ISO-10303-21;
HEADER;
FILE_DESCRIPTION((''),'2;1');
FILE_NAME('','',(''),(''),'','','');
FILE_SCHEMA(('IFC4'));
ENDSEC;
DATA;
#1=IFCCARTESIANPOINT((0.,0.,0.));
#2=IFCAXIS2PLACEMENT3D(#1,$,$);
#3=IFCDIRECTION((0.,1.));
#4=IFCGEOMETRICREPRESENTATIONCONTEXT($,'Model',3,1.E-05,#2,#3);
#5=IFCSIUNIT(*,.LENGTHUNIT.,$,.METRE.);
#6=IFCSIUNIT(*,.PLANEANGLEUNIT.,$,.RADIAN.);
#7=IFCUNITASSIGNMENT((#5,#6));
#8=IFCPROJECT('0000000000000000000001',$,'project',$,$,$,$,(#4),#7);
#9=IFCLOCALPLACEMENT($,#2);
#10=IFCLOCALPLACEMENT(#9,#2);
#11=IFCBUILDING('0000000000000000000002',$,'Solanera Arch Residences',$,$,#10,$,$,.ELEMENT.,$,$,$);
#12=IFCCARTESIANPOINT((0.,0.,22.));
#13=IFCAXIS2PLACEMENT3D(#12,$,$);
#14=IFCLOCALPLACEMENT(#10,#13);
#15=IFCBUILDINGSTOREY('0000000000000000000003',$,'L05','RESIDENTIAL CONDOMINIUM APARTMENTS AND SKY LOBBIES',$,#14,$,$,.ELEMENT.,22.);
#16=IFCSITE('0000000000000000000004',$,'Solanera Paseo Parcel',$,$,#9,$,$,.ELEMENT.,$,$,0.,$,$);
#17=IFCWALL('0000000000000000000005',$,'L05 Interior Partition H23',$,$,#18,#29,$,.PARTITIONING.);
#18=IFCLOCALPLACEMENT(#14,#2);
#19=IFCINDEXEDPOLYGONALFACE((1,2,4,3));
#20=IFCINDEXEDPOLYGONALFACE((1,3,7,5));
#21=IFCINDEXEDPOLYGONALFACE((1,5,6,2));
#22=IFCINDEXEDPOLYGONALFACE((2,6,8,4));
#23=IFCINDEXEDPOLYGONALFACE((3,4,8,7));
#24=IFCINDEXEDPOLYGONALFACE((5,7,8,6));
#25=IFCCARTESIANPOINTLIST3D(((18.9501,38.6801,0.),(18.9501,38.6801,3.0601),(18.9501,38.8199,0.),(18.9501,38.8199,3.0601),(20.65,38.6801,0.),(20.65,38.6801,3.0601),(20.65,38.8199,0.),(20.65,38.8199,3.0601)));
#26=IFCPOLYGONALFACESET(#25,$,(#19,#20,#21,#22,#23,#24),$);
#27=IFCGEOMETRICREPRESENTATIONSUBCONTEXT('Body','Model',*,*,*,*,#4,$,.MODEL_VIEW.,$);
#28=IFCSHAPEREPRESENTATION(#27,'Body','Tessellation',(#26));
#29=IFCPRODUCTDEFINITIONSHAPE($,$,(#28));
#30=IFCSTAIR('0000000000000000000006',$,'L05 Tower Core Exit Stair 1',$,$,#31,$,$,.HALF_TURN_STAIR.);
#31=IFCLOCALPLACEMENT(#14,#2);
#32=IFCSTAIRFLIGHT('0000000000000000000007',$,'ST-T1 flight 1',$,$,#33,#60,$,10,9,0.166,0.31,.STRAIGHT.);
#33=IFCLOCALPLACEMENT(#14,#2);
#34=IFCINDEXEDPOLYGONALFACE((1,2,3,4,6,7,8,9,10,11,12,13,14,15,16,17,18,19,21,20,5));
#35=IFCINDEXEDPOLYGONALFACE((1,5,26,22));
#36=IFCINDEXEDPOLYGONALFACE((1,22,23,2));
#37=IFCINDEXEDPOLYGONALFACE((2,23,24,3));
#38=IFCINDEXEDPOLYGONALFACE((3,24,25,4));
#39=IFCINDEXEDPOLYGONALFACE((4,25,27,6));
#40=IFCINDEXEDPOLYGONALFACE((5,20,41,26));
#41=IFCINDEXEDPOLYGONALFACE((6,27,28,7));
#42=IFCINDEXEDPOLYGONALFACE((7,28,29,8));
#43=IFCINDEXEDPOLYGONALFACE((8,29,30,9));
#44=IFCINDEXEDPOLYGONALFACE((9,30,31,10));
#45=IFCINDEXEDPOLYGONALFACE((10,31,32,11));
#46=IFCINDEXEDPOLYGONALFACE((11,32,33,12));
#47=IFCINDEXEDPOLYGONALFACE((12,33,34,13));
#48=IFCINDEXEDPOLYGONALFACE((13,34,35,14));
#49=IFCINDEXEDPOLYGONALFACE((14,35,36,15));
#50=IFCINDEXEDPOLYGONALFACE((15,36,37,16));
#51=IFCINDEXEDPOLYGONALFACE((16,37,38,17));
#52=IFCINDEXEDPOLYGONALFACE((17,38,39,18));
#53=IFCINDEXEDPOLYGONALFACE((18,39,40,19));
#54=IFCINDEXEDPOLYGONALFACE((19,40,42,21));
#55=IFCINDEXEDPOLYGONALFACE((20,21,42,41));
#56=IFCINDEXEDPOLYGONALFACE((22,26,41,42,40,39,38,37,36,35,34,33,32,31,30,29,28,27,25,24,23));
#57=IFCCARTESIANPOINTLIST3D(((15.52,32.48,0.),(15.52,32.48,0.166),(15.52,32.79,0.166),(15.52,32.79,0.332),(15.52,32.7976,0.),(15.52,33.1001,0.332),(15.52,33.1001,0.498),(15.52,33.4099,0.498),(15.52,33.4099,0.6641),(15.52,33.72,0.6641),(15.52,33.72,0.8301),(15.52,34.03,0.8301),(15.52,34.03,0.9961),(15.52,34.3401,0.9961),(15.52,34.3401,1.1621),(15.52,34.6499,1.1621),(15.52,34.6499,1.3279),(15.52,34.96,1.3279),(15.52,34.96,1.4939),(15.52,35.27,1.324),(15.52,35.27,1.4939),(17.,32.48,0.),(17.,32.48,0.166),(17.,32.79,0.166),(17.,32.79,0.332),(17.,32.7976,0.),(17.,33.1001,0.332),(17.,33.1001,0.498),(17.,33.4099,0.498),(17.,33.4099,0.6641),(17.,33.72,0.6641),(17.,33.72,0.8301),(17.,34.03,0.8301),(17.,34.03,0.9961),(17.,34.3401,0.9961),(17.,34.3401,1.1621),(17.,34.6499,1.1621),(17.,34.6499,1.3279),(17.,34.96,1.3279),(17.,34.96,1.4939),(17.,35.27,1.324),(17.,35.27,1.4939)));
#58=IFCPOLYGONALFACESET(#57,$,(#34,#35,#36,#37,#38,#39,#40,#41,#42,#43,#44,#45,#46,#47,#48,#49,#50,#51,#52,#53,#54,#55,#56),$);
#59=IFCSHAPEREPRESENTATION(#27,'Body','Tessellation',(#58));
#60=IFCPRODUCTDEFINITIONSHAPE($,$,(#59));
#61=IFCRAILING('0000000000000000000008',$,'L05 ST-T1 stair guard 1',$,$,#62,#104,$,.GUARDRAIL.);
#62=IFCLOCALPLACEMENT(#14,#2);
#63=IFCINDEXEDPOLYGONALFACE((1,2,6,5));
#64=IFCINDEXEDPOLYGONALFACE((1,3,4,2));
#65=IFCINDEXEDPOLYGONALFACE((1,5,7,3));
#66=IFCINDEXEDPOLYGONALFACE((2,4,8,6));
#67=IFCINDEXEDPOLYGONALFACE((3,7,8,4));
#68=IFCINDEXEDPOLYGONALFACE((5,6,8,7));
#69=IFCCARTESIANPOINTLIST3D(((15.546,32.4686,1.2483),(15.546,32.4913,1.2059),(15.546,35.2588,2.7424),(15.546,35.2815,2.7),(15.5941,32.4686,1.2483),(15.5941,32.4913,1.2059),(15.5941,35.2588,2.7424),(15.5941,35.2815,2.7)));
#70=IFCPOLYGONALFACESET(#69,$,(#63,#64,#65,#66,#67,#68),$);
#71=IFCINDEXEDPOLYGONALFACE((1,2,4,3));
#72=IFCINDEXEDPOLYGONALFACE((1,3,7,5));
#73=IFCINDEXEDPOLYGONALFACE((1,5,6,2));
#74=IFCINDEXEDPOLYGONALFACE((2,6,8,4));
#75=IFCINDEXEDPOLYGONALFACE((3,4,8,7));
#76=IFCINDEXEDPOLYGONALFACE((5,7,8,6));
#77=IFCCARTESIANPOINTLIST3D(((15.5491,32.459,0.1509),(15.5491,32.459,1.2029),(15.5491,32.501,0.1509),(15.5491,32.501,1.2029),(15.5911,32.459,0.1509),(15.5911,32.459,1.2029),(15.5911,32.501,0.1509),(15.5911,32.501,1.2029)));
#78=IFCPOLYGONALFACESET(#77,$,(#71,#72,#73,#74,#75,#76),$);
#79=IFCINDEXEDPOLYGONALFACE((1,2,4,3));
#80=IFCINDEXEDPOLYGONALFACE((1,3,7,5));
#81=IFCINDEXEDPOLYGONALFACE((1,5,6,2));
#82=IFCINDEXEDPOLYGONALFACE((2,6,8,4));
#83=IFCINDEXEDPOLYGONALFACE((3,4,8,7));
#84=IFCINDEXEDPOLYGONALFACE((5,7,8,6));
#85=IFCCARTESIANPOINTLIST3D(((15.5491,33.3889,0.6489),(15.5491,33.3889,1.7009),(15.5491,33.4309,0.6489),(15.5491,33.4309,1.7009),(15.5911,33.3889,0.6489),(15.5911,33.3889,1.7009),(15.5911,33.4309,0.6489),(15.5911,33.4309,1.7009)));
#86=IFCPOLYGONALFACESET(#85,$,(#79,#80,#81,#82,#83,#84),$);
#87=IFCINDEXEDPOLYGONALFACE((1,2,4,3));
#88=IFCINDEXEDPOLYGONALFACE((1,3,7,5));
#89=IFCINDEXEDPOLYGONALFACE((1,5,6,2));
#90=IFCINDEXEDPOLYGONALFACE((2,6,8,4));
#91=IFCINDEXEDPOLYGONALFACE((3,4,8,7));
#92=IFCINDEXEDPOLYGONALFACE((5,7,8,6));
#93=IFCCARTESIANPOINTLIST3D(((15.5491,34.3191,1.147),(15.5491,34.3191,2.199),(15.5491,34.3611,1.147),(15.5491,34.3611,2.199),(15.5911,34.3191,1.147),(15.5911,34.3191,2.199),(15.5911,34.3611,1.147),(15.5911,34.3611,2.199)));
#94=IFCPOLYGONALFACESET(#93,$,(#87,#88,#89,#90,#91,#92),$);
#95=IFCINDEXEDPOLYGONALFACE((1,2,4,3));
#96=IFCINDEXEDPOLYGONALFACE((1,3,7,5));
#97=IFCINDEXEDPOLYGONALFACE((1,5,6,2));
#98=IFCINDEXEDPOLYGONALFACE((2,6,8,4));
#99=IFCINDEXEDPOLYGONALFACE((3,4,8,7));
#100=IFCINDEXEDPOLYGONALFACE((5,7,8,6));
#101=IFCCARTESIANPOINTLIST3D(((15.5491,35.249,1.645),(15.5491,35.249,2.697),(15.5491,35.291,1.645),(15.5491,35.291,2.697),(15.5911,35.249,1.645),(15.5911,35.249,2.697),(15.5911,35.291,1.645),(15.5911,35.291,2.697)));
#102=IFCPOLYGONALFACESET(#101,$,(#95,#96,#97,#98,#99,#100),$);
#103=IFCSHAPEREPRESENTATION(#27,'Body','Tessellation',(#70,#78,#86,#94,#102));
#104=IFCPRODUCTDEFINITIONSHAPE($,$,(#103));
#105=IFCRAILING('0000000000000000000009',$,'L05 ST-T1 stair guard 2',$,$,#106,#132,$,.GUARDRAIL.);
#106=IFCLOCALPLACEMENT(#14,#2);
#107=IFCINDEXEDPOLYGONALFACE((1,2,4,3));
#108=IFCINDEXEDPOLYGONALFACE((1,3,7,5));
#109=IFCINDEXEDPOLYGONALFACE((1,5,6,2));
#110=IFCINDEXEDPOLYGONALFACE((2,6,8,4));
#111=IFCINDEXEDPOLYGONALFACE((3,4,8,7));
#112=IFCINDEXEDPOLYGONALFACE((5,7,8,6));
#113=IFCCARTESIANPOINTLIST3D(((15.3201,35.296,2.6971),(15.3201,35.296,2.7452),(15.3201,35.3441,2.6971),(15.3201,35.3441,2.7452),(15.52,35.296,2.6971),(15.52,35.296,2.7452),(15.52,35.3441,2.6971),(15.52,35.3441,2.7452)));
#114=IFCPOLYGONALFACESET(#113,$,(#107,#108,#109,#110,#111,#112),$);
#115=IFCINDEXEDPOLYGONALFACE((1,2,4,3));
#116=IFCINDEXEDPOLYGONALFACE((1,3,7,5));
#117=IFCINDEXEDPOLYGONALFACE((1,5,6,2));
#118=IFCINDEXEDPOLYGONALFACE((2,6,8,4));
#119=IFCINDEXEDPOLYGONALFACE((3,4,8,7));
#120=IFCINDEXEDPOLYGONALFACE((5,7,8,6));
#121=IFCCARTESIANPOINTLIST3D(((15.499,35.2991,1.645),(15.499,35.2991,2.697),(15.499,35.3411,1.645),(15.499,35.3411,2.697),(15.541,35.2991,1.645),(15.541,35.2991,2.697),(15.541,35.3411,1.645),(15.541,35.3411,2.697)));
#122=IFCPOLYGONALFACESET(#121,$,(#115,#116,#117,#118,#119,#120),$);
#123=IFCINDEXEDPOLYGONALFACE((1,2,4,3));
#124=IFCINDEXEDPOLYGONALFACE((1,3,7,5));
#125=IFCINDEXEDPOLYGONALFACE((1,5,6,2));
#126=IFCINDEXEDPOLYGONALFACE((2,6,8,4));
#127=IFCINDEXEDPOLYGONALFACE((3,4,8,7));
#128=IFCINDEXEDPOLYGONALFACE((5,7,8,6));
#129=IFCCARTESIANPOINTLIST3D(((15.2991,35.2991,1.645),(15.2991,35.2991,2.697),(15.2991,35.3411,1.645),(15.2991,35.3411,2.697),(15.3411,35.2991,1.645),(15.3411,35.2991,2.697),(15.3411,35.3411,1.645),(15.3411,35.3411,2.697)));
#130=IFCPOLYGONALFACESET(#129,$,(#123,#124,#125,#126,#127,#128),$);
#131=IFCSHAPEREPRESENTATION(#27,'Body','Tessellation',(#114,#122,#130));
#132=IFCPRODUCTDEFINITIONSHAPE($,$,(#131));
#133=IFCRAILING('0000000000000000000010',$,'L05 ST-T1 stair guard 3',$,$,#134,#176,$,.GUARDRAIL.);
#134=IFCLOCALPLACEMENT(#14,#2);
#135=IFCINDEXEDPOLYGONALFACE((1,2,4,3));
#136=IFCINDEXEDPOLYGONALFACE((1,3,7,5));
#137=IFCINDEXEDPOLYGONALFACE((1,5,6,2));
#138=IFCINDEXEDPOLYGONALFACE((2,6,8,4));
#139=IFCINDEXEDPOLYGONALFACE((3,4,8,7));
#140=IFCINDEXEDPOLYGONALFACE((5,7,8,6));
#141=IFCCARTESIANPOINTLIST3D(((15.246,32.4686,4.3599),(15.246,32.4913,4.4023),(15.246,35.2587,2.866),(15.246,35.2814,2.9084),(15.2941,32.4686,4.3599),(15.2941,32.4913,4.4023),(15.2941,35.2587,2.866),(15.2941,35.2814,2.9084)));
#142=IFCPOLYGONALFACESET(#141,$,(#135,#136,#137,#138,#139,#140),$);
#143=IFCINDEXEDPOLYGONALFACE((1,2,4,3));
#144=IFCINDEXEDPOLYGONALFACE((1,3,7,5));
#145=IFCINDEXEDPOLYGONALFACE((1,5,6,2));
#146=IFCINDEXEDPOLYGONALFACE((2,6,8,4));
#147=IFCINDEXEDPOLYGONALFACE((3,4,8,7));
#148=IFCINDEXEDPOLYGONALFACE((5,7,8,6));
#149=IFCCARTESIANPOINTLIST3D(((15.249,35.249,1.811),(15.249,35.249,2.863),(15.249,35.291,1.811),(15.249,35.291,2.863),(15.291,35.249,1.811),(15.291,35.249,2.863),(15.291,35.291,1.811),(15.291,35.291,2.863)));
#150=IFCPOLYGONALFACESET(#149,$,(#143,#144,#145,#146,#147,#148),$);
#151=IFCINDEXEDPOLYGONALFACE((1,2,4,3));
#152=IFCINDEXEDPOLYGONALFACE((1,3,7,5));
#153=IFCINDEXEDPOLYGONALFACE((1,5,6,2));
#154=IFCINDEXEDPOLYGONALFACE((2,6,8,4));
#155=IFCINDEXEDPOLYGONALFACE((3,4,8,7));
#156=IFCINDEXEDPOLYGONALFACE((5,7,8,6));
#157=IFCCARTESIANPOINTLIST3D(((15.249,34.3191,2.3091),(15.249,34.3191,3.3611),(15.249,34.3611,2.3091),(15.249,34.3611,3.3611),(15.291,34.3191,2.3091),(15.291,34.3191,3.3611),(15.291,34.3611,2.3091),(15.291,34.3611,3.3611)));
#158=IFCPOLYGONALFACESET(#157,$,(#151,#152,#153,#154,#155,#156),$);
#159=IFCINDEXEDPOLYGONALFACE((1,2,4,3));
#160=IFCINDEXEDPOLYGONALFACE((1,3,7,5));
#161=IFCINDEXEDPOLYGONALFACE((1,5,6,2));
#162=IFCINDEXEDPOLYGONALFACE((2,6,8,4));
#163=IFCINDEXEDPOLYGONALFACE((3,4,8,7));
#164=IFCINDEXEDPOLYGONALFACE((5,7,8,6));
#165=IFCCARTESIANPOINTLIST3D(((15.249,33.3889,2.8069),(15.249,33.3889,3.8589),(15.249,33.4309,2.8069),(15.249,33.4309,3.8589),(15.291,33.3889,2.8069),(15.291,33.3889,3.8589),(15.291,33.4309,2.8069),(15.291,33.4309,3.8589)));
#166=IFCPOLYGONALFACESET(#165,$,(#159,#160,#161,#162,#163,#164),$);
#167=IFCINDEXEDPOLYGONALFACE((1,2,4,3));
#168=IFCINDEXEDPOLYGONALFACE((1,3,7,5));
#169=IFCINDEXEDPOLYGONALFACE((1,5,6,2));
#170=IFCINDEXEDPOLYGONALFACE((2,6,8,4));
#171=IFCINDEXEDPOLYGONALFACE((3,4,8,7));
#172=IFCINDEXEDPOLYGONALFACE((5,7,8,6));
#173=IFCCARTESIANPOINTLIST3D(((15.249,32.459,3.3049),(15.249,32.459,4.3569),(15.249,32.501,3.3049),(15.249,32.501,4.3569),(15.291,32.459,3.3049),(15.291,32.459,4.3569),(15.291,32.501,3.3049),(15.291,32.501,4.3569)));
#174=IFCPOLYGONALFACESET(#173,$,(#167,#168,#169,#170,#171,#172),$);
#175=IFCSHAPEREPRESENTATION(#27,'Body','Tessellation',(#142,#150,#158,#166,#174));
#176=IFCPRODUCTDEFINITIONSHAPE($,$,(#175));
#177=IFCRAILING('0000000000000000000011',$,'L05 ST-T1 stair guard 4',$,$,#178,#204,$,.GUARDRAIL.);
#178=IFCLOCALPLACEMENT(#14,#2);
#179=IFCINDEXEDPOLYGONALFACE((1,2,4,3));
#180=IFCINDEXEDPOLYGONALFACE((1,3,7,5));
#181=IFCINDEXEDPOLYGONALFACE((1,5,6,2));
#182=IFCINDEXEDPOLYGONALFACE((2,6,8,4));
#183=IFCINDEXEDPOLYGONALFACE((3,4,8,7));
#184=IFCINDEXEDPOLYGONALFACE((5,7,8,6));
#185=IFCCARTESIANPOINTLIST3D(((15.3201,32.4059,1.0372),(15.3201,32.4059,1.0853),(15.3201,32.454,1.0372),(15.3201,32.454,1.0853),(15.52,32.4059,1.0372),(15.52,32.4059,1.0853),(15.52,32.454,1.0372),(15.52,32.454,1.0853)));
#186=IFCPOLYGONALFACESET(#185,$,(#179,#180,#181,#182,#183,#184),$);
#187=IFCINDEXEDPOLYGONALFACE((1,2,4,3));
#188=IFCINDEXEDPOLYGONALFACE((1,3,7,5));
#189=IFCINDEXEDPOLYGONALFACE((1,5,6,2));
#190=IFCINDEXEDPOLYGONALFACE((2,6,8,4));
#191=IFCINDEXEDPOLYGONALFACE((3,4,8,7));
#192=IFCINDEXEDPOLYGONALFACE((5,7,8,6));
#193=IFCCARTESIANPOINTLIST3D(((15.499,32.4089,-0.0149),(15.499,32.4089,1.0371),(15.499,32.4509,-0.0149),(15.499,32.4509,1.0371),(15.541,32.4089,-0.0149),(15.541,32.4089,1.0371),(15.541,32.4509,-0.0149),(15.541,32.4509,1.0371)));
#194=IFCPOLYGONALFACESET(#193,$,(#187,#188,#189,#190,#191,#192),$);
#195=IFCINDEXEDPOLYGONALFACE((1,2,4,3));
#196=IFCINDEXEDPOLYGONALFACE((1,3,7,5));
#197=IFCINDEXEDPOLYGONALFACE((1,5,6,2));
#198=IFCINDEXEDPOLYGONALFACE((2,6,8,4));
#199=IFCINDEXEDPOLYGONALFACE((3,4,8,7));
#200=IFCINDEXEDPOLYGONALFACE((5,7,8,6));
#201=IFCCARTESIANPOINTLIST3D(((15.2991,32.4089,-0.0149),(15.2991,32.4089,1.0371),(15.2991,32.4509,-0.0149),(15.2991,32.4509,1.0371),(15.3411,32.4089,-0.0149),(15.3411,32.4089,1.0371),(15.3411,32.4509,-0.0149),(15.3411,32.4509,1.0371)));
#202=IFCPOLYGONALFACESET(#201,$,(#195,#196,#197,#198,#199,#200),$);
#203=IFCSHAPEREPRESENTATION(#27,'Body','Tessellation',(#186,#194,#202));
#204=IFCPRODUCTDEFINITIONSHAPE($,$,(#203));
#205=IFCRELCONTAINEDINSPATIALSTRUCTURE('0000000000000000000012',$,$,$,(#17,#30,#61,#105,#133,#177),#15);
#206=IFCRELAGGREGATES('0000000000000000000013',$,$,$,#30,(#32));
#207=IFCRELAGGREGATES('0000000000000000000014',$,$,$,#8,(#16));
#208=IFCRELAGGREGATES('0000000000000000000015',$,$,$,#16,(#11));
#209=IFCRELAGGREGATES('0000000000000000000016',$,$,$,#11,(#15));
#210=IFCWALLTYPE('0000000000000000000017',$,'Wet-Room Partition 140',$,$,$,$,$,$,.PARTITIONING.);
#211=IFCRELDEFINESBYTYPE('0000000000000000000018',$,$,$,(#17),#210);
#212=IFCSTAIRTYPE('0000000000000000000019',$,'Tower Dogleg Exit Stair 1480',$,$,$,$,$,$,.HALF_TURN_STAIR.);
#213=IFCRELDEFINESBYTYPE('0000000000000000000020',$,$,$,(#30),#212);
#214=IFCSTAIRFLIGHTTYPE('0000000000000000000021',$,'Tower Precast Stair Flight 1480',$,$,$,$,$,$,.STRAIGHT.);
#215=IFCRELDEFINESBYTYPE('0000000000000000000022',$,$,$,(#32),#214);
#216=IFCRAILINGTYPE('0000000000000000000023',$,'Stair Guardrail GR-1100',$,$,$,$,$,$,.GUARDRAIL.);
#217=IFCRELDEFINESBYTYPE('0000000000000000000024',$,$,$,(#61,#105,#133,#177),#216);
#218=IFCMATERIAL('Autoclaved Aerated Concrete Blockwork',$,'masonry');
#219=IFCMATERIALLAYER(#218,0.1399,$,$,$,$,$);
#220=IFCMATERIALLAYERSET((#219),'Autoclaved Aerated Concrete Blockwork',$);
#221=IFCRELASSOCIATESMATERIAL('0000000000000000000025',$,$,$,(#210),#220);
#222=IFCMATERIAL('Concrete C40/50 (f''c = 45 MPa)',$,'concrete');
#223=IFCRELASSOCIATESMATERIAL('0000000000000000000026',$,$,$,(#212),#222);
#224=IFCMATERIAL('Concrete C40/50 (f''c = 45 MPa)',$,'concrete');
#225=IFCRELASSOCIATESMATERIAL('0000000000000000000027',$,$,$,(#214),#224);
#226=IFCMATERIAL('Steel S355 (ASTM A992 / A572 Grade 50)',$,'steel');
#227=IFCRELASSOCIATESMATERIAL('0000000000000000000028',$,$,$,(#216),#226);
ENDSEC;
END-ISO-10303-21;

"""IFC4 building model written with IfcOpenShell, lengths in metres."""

from ifc_helpers import new_model, si_unit, direction, frame, frame_2d, origin, origin_2d, place, context, subcontext, project, spatial, polyline, rectangle, outline, extrude, material, layer, layer_set, type_object, element, aggregate, save


model = new_model("IFC4")

# Units and contexts
model_context = context("Model", 3, precision=1e-05, world=origin(), true_north=direction((0.0, 1.0)))
body_context = subcontext(model_context, "Body", "Model", "MODEL_VIEW")
ifc_project = project(units=[si_unit("LENGTHUNIT", "METRE"), si_unit("PLANEANGLEUNIT", "RADIAN")], contexts=[model_context])

# Site, building, storey
site_placement = place(None, origin())
site = spatial("IfcSite", under=ifc_project, at=site_placement, Name="Solanera Paseo Parcel", CompositionType="ELEMENT", RefElevation=0.0)
building_placement = place(site_placement, origin())
building = spatial("IfcBuilding", under=site, at=building_placement, Name="Solanera Arch Residences", CompositionType="ELEMENT")
storey_placement = place(building_placement, frame((0.0, 0.0, 22.0)))
storey = spatial("IfcBuildingStorey", under=building, at=storey_placement, Name="L05", Description="RESIDENTIAL CONDOMINIUM APARTMENTS AND SKY LOBBIES", CompositionType="ELEMENT", Elevation=22.0)

# Wall
ifc_material_1 = material(Name="Autoclaved Aerated Concrete Blockwork", Category="masonry")
ifc_layer_1 = layer(ifc_material_1, 0.1399)
ifc_layer_set_1 = layer_set([ifc_layer_1], Name="Autoclaved Aerated Concrete Blockwork")
wall_type_1 = type_object("IfcWallType", Name="Wet-Room Partition 140", PredefinedType="PARTITIONING", material=ifc_layer_set_1)
wall_1_placement = place(storey_placement, frame((18.95, 38.75, 0.0), z_axis=(0.0, 0.0, 1.0), x_axis=(1.0, 0.0, 0.0)))
element("IfcWall", 1, at=wall_1_placement, inside=storey, type_object=wall_type_1, Name="L05 Interior Partition H23", PredefinedType="PARTITIONING", context=body_context, shape_type="SweptSolid", body=[
    extrude(rectangle(XDim=1.7, YDim=0.1399, at=frame_2d((0.8501, 0.0))), origin(), (0.0, 0.0, 1.0), 3.0601),
])

# Stair, stair flight
ifc_material_2 = material(Name="Concrete C40/50 (f'c = 45 MPa)", Category="concrete")
stair_type = type_object("IfcStairType", Name="Tower Dogleg Exit Stair 1480", PredefinedType="HALF_TURN_STAIR", material=ifc_material_2)
stair_placement = place(storey_placement, origin())
stair = element("IfcStair", 2, at=stair_placement, inside=storey, type_object=stair_type, Name="L05 Tower Core Exit Stair 1", PredefinedType="HALF_TURN_STAIR")
ifc_material_3 = material(Name="Concrete C40/50 (f'c = 45 MPa)", Category="concrete")
stair_flight_type = type_object("IfcStairFlightType", Name="Tower Precast Stair Flight 1480", PredefinedType="STRAIGHT", material=ifc_material_3)
stair_flight_placement = place(storey_placement, frame((16.26, 32.48, 0.0), z_axis=(0.0, 0.0, 1.0), x_axis=(0.0, 1.0, 0.0)))
stair_flight = element("IfcStairFlight", 3, at=stair_flight_placement, type_object=stair_flight_type, Name="ST-T1 flight 1", NumberOfRisers=10, NumberOfTreads=9, PredefinedType="STRAIGHT", RiserHeight=0.166, TreadLength=0.31, context=body_context, shape_type="SweptSolid", body=[
    extrude(outline(polyline([(0.0, 0.0), (0.0, 0.166), (0.3101, 0.166), (0.3101, 0.332), (0.6201, 0.332), (0.6201, 0.498), (0.9299, 0.498), (0.9299, 0.6641), (1.24, 0.6641), (1.24, 0.8301), (1.55, 0.8301), (1.55, 0.9961), (1.8601, 0.9961), (1.8601, 1.1621), (2.1699, 1.1621), (2.1699, 1.3279), (2.48, 1.3279), (2.48, 1.4939), (2.79, 1.4939), (2.79, 1.6599), (2.79, 1.324), (0.3176, 0.0), (0.0, 0.0)])), frame((0.0, 0.74, 0.0), z_axis=(0.0, -1.0, 0.0), x_axis=(1.0, 0.0, 0.0)), (0.0, 0.0, 1.0), 1.48),
])
aggregate(stair, [stair_flight])

# Railings
ifc_material_4 = material(Name="Steel S355 (ASTM A992 / A572 Grade 50)", Category="steel")
railing_type_1 = type_object("IfcRailingType", Name="Stair Guardrail GR-1100", PredefinedType="GUARDRAIL", material=ifc_material_4)
railing_1_placement = place(storey_placement, frame((15.5701, 32.48, 0.1509)))
element("IfcRailing", 4, at=railing_1_placement, inside=storey, type_object=railing_type_1, Name="L05 ST-T1 stair guard 1", PredefinedType="GUARDRAIL", context=body_context, shape_type="SweptSolid", body=[
    extrude(rectangle(XDim=0.0481, YDim=0.0481, at=origin_2d()), frame((0.0, 0.0, 1.0762), z_axis=(0.0, 0.881549, 0.472093), x_axis=(-1.0, 0.0, 0.0)), (0.0, 0.0, 1.0), 3.165),
    extrude(rectangle(XDim=0.042, YDim=0.042, at=origin_2d()), origin(), (0.0, 0.0, 1.0), 1.052),
    extrude(rectangle(XDim=0.042, YDim=0.042, at=origin_2d()), frame((0.0, 0.9299, 0.498)), (0.0, 0.0, 1.0), 1.052),
    extrude(rectangle(XDim=0.042, YDim=0.042, at=origin_2d()), frame((0.0, 1.8601, 0.9961)), (0.0, 0.0, 1.0), 1.052),
    extrude(rectangle(XDim=0.042, YDim=0.042, at=origin_2d()), frame((0.0, 2.79, 1.4941)), (0.0, 0.0, 1.0), 1.052),
])
railing_2_placement = place(storey_placement, frame((15.52, 35.3201, 1.645)))
element("IfcRailing", 5, at=railing_2_placement, inside=storey, type_object=railing_type_1, Name="L05 ST-T1 stair guard 2", PredefinedType="GUARDRAIL", context=body_context, shape_type="SweptSolid", body=[
    extrude(rectangle(XDim=0.0481, YDim=0.0481, at=origin_2d()), frame((0.0, 0.0, 1.0762), z_axis=(-1.0, 0.0, 0.0), x_axis=(0.0, -1.0, 0.0)), (0.0, 0.0, 1.0), 0.2),
    extrude(rectangle(XDim=0.042, YDim=0.042, at=origin_2d()), origin(), (0.0, 0.0, 1.0), 1.052),
    extrude(rectangle(XDim=0.042, YDim=0.042, at=origin_2d()), frame((-0.2, 0.0, 0.0)), (0.0, 0.0, 1.0), 1.052),
])
railing_3_placement = place(storey_placement, frame((15.27, 35.27, 1.811)))
element("IfcRailing", 6, at=railing_3_placement, inside=storey, type_object=railing_type_1, Name="L05 ST-T1 stair guard 3", PredefinedType="GUARDRAIL", context=body_context, shape_type="SweptSolid", body=[
    extrude(rectangle(XDim=0.0481, YDim=0.0481, at=origin_2d()), frame((0.0, 0.0, 1.0762), z_axis=(0.0, -0.881581, 0.472033), x_axis=(1.0, 0.0, 0.0)), (0.0, 0.0, 1.0), 3.1648),
    extrude(rectangle(XDim=0.042, YDim=0.042, at=origin_2d()), origin(), (0.0, 0.0, 1.0), 1.052),
    extrude(rectangle(XDim=0.042, YDim=0.042, at=origin_2d()), frame((0.0, -0.9299, 0.498)), (0.0, 0.0, 1.0), 1.052),
    extrude(rectangle(XDim=0.042, YDim=0.042, at=origin_2d()), frame((0.0, -1.8601, 0.9958)), (0.0, 0.0, 1.0), 1.052),
    extrude(rectangle(XDim=0.042, YDim=0.042, at=origin_2d()), frame((0.0, -2.79, 1.4939)), (0.0, 0.0, 1.0), 1.052),
])
railing_4_placement = place(storey_placement, frame((15.52, 32.4299, -0.0149)))
element("IfcRailing", 7, at=railing_4_placement, inside=storey, type_object=railing_type_1, Name="L05 ST-T1 stair guard 4", PredefinedType="GUARDRAIL", context=body_context, shape_type="SweptSolid", body=[
    extrude(rectangle(XDim=0.0481, YDim=0.0481, at=origin_2d()), frame((0.0, 0.0, 1.0762), z_axis=(-1.0, 0.0, 0.0), x_axis=(0.0, -1.0, 0.0)), (0.0, 0.0, 1.0), 0.2),
    extrude(rectangle(XDim=0.042, YDim=0.042, at=origin_2d()), origin(), (0.0, 0.0, 1.0), 1.052),
    extrude(rectangle(XDim=0.042, YDim=0.042, at=origin_2d()), frame((-0.2, 0.0, 0.0)), (0.0, 0.0, 1.0), 1.052),
])

save(model, "model.ifc")
